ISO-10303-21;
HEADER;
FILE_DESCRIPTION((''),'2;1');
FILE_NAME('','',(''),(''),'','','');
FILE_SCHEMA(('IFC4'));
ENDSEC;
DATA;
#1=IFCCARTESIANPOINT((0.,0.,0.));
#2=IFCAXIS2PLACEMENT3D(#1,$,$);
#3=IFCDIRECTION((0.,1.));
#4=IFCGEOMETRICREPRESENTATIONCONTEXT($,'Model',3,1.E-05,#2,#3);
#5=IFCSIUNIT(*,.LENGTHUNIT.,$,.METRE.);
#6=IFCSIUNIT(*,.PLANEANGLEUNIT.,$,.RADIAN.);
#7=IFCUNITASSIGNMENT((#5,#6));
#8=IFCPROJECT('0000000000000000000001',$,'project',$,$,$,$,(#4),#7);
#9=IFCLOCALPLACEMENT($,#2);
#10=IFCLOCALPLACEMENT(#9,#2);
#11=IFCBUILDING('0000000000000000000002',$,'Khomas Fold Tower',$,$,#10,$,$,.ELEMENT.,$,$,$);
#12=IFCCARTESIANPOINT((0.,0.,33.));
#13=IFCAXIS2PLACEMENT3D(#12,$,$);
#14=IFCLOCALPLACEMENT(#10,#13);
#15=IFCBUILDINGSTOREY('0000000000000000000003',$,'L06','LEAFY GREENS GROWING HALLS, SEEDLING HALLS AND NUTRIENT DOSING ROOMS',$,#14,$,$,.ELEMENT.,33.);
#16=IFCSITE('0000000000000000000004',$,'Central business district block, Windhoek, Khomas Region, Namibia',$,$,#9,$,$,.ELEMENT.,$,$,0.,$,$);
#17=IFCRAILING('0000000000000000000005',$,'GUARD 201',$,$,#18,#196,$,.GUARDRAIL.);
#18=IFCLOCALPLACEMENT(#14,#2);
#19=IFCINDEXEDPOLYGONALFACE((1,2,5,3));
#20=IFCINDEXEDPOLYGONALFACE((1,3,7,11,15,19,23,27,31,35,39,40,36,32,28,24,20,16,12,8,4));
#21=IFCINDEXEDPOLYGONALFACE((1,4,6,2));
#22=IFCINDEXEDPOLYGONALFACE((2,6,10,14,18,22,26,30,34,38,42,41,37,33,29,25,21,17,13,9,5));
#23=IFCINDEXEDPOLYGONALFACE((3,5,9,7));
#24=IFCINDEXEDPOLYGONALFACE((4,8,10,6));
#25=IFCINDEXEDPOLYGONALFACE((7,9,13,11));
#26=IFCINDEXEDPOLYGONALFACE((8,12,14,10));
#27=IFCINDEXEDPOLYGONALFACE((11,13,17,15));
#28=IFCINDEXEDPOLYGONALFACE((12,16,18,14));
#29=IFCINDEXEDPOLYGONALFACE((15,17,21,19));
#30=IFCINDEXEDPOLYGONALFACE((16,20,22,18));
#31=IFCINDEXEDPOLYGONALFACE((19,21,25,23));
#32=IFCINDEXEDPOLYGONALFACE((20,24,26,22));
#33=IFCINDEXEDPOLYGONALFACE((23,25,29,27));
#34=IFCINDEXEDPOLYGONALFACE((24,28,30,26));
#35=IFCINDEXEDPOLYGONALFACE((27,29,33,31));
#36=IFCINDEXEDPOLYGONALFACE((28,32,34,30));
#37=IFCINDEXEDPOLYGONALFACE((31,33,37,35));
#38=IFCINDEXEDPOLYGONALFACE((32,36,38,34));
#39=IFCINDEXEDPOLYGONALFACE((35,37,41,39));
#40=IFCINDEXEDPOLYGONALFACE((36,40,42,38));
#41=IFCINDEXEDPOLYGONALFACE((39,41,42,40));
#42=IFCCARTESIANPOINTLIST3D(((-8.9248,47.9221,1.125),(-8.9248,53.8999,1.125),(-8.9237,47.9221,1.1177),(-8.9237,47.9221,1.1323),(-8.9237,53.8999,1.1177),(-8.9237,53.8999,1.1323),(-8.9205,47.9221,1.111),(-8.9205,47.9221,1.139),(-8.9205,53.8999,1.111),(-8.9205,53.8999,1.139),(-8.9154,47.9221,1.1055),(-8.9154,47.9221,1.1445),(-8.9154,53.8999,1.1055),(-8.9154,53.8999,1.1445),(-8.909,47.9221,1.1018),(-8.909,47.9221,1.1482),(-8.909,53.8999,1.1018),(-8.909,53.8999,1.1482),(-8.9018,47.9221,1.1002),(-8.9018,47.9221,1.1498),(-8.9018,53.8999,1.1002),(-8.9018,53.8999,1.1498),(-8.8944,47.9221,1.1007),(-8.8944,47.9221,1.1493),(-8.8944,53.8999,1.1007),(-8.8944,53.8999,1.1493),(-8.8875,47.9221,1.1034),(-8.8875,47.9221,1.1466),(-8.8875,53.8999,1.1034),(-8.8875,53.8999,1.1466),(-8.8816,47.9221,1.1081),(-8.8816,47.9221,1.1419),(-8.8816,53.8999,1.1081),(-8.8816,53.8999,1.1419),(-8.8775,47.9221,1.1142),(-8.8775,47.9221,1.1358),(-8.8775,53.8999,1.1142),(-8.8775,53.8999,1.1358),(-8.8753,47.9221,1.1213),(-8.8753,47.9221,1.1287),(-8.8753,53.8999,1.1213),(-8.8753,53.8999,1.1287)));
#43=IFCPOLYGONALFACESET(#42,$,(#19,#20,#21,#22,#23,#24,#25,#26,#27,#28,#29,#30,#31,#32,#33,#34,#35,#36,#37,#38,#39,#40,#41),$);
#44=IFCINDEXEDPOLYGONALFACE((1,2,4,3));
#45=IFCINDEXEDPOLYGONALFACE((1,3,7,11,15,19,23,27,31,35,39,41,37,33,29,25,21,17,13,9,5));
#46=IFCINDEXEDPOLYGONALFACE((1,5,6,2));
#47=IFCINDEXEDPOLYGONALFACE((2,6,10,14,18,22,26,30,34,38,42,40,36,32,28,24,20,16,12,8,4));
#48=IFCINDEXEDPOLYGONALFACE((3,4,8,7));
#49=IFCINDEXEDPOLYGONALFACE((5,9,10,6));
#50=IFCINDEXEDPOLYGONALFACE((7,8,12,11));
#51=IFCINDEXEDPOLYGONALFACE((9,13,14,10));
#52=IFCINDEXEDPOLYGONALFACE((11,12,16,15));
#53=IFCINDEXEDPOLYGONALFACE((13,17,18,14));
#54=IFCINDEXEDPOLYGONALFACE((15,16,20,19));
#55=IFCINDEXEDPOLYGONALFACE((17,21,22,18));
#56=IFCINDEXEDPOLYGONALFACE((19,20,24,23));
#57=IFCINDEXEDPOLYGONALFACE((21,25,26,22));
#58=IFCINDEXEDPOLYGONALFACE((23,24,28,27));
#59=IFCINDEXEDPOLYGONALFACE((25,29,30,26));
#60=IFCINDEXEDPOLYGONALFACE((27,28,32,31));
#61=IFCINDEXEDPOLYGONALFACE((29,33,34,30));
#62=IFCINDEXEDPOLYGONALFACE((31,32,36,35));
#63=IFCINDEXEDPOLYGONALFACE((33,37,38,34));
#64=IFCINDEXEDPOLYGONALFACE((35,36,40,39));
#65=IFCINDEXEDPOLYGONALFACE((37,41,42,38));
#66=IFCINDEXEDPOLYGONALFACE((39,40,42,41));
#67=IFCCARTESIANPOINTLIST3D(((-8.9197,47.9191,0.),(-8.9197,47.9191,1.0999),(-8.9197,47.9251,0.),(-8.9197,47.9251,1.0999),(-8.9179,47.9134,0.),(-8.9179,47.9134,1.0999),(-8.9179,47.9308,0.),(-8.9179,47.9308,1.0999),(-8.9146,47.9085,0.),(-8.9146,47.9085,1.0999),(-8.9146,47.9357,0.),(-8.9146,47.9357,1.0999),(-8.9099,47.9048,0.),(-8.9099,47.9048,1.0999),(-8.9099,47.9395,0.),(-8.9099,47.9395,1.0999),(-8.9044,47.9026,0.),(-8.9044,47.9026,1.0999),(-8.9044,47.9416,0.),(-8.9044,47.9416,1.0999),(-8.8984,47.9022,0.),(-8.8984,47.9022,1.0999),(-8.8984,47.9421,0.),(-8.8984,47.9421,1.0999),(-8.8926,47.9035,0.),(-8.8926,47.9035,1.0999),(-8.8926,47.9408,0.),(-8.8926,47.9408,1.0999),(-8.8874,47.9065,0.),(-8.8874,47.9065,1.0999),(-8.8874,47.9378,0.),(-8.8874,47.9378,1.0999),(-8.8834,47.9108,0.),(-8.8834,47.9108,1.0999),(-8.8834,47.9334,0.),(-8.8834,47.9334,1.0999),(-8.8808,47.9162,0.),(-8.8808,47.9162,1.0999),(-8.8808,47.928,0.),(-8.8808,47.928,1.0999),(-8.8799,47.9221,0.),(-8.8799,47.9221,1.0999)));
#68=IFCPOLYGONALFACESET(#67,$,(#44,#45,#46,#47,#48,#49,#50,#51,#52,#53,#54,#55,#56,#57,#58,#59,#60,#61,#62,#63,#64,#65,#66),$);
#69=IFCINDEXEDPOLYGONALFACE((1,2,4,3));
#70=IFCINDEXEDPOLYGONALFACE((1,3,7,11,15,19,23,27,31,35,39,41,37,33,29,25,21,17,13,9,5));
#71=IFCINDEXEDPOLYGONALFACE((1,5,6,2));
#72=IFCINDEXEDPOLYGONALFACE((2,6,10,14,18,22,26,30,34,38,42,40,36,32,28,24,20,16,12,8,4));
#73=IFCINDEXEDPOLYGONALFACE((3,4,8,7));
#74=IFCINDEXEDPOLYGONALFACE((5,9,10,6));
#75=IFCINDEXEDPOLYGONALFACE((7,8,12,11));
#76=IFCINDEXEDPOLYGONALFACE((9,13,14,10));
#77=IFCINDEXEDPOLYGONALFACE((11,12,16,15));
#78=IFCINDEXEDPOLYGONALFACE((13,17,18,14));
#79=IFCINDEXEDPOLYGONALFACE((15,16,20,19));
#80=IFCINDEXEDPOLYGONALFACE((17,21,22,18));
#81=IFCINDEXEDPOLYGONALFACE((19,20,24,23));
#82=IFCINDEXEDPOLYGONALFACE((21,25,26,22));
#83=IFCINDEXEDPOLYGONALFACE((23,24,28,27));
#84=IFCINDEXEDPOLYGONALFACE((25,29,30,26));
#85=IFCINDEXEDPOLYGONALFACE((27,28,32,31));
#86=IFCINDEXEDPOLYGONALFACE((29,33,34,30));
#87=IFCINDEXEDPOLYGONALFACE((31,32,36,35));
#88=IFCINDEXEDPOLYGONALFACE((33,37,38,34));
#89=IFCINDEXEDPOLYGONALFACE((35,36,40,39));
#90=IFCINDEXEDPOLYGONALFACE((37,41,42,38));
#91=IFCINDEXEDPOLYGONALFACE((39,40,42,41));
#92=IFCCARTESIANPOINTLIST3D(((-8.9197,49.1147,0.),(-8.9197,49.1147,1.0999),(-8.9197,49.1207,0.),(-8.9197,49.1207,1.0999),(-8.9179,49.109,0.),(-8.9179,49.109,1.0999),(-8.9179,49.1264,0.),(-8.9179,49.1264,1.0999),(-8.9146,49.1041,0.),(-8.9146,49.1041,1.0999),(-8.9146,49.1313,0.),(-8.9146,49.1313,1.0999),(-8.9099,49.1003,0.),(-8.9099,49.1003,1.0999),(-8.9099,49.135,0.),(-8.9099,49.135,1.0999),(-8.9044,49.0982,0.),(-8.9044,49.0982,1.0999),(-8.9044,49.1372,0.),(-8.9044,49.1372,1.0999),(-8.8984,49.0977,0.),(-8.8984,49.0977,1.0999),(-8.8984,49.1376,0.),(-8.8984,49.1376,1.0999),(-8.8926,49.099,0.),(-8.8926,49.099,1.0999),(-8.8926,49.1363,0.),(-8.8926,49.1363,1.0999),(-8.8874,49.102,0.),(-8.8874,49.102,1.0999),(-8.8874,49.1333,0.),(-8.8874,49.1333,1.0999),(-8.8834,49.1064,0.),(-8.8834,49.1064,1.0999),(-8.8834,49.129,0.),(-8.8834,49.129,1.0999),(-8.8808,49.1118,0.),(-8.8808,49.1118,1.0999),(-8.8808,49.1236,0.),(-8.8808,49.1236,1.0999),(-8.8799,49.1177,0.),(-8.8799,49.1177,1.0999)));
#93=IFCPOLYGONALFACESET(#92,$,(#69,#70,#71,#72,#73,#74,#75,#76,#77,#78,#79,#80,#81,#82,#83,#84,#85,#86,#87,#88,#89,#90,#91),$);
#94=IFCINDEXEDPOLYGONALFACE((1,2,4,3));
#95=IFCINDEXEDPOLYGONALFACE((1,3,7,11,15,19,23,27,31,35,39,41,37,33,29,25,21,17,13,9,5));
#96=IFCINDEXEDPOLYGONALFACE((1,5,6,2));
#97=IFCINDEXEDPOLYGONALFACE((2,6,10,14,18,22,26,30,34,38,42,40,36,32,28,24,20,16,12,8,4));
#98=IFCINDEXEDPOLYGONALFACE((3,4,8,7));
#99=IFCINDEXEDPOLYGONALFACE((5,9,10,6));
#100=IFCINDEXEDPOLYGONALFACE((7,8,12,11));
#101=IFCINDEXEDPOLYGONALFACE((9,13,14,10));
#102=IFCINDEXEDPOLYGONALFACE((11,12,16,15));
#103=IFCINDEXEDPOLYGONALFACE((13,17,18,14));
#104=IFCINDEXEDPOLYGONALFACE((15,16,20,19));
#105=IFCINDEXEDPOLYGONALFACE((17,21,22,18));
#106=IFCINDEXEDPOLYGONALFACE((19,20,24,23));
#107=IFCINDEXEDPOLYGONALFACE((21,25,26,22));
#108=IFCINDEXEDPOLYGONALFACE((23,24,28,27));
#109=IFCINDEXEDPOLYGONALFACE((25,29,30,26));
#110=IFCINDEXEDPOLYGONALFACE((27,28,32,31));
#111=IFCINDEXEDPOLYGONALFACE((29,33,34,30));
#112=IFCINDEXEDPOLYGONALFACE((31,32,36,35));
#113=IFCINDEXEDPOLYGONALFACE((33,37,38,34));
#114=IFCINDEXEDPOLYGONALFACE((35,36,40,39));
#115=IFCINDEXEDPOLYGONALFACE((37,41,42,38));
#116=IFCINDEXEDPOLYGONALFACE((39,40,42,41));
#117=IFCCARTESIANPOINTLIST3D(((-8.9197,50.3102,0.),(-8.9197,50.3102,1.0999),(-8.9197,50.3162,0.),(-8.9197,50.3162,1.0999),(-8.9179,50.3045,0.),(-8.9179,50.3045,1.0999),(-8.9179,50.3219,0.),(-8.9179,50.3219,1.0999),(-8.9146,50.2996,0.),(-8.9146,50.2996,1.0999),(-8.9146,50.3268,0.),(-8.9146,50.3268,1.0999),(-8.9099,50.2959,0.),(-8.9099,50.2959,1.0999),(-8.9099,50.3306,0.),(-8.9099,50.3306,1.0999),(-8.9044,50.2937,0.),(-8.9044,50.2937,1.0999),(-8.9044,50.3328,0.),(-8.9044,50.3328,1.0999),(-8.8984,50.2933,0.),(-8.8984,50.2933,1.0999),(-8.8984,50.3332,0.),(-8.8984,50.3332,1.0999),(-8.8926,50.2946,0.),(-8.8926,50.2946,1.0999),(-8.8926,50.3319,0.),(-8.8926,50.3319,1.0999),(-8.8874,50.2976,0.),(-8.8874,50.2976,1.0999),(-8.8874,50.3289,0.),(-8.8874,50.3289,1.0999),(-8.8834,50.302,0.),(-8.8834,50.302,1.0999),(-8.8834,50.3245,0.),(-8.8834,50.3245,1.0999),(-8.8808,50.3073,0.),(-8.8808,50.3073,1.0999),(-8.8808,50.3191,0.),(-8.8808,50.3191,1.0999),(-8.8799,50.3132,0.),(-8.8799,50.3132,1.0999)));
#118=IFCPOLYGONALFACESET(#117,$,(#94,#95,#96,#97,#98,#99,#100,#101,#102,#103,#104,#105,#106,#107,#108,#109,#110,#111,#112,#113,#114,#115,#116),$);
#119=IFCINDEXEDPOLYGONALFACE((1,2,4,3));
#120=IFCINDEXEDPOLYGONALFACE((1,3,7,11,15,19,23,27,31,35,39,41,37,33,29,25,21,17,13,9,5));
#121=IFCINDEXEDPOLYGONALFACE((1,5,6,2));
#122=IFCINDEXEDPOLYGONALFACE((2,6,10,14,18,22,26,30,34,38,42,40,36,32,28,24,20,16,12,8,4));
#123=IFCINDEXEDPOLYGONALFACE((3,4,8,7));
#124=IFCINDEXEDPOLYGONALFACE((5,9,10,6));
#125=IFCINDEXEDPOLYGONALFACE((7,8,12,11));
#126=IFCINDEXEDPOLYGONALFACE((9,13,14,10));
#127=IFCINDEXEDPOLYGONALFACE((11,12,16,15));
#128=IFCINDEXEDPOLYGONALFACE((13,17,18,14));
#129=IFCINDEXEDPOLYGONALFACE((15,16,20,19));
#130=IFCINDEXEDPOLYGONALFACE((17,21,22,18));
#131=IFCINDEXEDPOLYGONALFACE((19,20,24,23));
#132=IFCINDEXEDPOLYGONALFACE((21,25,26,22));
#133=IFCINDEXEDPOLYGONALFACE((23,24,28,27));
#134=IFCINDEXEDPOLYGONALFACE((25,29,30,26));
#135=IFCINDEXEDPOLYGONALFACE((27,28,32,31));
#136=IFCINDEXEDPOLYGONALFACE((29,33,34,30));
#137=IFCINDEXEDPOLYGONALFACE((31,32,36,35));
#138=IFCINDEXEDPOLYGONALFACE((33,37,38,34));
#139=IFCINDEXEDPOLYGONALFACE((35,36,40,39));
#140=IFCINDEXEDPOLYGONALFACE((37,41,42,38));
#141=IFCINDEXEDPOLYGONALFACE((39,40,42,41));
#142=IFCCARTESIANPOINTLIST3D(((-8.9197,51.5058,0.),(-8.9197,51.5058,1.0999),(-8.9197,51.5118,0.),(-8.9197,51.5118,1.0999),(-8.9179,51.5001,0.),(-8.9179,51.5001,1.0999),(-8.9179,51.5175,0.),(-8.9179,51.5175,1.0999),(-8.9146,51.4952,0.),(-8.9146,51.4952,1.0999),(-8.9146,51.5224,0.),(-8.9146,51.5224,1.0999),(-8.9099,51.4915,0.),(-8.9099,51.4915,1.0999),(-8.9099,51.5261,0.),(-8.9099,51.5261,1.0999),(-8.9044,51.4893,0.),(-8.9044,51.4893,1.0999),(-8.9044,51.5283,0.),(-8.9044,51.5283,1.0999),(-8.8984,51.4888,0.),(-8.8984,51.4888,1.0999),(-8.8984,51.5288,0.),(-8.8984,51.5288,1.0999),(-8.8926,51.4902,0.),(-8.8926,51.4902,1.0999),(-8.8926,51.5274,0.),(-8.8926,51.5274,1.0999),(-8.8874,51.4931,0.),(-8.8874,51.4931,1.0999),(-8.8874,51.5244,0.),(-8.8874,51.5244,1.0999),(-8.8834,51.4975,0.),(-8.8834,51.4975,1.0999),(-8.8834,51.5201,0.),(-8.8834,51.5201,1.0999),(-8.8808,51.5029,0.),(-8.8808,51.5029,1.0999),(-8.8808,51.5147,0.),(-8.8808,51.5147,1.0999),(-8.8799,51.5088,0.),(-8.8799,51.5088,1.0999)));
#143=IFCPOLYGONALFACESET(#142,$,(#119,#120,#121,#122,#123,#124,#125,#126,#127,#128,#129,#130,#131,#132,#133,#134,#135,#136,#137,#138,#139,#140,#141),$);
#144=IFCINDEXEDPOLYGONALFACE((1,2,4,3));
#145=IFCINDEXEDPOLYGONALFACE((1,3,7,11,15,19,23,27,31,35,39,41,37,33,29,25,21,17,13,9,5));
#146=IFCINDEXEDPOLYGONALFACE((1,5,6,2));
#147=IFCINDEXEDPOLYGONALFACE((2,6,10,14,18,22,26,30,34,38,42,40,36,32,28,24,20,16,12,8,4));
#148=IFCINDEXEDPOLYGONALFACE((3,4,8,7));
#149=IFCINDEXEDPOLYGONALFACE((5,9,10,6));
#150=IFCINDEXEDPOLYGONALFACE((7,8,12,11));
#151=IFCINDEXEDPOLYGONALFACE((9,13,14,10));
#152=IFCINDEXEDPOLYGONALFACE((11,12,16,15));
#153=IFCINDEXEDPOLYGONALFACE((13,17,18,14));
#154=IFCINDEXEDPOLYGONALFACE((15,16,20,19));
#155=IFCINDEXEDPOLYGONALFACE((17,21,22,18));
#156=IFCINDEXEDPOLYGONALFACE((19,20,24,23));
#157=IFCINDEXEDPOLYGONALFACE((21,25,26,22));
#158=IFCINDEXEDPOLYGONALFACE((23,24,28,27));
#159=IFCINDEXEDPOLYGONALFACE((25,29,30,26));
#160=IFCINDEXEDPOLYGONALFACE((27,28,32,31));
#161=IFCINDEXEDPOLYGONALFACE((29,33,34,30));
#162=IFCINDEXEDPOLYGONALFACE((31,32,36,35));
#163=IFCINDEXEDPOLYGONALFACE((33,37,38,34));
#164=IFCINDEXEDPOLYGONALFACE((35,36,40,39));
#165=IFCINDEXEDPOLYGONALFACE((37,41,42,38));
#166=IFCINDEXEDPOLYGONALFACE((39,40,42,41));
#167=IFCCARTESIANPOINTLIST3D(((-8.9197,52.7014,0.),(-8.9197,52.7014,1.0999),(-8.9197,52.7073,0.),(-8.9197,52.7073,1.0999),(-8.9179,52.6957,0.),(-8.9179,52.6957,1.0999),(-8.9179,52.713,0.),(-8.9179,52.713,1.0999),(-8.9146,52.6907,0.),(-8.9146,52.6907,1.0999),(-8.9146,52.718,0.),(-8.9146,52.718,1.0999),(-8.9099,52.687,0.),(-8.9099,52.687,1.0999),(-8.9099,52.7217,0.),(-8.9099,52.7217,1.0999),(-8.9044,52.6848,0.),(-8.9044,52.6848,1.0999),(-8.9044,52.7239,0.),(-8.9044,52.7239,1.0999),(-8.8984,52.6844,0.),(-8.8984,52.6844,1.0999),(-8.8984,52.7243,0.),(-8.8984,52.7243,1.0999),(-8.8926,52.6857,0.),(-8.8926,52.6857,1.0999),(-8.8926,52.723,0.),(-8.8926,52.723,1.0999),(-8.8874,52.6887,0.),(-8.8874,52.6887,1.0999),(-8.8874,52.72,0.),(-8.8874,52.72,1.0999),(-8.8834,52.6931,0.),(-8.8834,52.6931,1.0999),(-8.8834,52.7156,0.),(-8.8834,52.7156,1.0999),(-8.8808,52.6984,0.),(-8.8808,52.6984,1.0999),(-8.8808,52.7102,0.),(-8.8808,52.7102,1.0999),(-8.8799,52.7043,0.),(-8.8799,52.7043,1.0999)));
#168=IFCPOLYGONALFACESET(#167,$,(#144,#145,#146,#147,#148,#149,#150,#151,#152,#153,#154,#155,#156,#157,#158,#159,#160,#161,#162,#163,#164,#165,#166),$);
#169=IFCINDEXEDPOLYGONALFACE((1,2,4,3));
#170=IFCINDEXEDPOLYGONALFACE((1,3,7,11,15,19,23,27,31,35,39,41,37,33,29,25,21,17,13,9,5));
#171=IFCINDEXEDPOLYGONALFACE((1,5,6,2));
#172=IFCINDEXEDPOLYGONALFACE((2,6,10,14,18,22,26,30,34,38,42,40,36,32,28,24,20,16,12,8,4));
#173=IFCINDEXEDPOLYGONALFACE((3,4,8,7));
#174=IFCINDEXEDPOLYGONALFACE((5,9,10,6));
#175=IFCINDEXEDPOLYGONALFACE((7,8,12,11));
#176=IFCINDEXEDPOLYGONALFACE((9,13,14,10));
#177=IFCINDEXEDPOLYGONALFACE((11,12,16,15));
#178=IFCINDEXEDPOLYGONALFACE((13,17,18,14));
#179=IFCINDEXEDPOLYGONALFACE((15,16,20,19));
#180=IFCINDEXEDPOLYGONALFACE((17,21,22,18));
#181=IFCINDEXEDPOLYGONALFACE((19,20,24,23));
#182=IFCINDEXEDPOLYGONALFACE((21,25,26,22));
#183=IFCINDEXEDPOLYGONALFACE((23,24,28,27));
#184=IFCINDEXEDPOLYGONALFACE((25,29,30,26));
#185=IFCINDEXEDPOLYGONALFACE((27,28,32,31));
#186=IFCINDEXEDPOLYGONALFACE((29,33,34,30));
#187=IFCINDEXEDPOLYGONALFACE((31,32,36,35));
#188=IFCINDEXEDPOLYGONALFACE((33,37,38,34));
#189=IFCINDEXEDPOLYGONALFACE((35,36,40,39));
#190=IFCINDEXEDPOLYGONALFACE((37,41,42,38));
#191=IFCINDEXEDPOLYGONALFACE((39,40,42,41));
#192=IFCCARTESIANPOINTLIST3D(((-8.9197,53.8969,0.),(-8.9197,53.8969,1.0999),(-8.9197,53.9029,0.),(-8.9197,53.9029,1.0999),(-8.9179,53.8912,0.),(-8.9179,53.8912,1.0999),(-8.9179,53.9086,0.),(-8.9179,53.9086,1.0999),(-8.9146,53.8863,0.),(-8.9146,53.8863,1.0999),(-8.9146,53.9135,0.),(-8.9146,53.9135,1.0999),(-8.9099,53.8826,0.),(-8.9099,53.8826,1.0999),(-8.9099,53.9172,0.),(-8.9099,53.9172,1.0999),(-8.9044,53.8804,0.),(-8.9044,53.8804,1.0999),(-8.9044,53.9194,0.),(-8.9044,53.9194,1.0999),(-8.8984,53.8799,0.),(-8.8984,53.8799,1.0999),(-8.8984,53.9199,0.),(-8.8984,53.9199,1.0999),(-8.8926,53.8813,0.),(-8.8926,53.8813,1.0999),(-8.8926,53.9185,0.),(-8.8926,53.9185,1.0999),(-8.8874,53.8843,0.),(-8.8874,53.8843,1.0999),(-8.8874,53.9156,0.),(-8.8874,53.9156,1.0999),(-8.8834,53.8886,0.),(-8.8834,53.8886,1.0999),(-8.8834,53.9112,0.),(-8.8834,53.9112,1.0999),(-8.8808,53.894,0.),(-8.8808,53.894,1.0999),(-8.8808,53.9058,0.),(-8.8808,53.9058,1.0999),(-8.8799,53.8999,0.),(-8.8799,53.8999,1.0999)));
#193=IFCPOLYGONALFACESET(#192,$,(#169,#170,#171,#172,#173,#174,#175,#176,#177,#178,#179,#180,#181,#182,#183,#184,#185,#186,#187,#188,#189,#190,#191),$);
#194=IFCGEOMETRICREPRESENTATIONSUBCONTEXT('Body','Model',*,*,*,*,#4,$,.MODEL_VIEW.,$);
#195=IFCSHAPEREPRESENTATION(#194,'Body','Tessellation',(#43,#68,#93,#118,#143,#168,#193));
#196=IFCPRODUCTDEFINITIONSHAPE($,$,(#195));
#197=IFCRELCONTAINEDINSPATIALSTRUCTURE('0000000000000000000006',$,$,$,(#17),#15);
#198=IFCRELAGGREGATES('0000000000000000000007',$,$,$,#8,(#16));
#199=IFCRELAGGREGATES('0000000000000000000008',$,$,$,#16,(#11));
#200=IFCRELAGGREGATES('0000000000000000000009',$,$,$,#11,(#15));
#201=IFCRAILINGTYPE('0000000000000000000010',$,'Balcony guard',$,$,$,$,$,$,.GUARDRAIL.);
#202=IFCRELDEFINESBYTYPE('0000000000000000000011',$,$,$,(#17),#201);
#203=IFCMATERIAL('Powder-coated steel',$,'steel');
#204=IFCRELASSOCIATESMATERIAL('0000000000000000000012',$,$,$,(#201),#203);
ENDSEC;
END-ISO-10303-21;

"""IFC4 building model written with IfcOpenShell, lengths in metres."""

from ifc_helpers import new_model, si_unit, direction, frame, origin, origin_2d, place, context, subcontext, project, spatial, circle, extrude, source, transform, mapped, material, type_object, element, save


model = new_model("IFC4")

# Units and contexts
model_context = context("Model", 3, precision=1e-05, world=origin(), true_north=direction((0.0, 1.0)))
body_context = subcontext(model_context, "Body", "Model", "MODEL_VIEW")
ifc_project = project(units=[si_unit("LENGTHUNIT", "METRE"), si_unit("PLANEANGLEUNIT", "RADIAN")], contexts=[model_context])

# Site, building, storey
site_placement = place(None, origin())
site = spatial("IfcSite", under=ifc_project, at=site_placement, Name="Central business district block, Windhoek, Khomas Region, Namibia", CompositionType="ELEMENT", RefElevation=0.0)
building_placement = place(site_placement, origin())
building = spatial("IfcBuilding", under=site, at=building_placement, Name="Khomas Fold Tower", CompositionType="ELEMENT")
storey_placement = place(building_placement, frame((0.0, 0.0, 33.0)))
storey = spatial("IfcBuildingStorey", under=building, at=storey_placement, Name="L06", Description="LEAFY GREENS GROWING HALLS, SEEDLING HALLS AND NUTRIENT DOSING ROOMS", CompositionType="ELEMENT", Elevation=33.0)

# Railing
ifc_material_1 = material(Name="Powder-coated steel", Category="steel")
railing_type_1 = type_object("IfcRailingType", Name="Balcony guard", PredefinedType="GUARDRAIL", material=ifc_material_1)
shared_shape_1 = source(origin(), body_context, "Body", "SweptSolid", [
    extrude(circle(Radius=0.0249, at=origin_2d()), frame((0.0, 0.0, 1.125), z_axis=(0.0, 1.0, 0.0), x_axis=(-1.0, 0.0, 0.0)), (0.0, 0.0, 1.0), 5.9778),
    extrude(circle(Radius=0.02, at=origin_2d()), origin(), (0.0, 0.0, 1.0), 1.0999),
    extrude(circle(Radius=0.02, at=origin_2d()), frame((0.0, 1.1956, 0.0)), (0.0, 0.0, 1.0), 1.0999),
    extrude(circle(Radius=0.02, at=origin_2d()), frame((0.0, 2.3911, 0.0)), (0.0, 0.0, 1.0), 1.0999),
    extrude(circle(Radius=0.02, at=origin_2d()), frame((0.0, 3.5867, 0.0)), (0.0, 0.0, 1.0), 1.0999),
    extrude(circle(Radius=0.02, at=origin_2d()), frame((0.0, 4.7822, 0.0)), (0.0, 0.0, 1.0), 1.0999),
    extrude(circle(Radius=0.02, at=origin_2d()), frame((0.0, 5.9778, 0.0)), (0.0, 0.0, 1.0), 1.0999),
])
railing_1_placement = place(storey_placement, frame((-8.8999, 47.9221, 0.0)))
element("IfcRailing", 1, at=railing_1_placement, inside=storey, type_object=railing_type_1, Name="GUARD 201", PredefinedType="GUARDRAIL", context=body_context, shape_type="MappedRepresentation", body=[
    mapped(shared_shape_1, transform((0.0, 0.0, 0.0))),
])

save(model, "model.ifc")
